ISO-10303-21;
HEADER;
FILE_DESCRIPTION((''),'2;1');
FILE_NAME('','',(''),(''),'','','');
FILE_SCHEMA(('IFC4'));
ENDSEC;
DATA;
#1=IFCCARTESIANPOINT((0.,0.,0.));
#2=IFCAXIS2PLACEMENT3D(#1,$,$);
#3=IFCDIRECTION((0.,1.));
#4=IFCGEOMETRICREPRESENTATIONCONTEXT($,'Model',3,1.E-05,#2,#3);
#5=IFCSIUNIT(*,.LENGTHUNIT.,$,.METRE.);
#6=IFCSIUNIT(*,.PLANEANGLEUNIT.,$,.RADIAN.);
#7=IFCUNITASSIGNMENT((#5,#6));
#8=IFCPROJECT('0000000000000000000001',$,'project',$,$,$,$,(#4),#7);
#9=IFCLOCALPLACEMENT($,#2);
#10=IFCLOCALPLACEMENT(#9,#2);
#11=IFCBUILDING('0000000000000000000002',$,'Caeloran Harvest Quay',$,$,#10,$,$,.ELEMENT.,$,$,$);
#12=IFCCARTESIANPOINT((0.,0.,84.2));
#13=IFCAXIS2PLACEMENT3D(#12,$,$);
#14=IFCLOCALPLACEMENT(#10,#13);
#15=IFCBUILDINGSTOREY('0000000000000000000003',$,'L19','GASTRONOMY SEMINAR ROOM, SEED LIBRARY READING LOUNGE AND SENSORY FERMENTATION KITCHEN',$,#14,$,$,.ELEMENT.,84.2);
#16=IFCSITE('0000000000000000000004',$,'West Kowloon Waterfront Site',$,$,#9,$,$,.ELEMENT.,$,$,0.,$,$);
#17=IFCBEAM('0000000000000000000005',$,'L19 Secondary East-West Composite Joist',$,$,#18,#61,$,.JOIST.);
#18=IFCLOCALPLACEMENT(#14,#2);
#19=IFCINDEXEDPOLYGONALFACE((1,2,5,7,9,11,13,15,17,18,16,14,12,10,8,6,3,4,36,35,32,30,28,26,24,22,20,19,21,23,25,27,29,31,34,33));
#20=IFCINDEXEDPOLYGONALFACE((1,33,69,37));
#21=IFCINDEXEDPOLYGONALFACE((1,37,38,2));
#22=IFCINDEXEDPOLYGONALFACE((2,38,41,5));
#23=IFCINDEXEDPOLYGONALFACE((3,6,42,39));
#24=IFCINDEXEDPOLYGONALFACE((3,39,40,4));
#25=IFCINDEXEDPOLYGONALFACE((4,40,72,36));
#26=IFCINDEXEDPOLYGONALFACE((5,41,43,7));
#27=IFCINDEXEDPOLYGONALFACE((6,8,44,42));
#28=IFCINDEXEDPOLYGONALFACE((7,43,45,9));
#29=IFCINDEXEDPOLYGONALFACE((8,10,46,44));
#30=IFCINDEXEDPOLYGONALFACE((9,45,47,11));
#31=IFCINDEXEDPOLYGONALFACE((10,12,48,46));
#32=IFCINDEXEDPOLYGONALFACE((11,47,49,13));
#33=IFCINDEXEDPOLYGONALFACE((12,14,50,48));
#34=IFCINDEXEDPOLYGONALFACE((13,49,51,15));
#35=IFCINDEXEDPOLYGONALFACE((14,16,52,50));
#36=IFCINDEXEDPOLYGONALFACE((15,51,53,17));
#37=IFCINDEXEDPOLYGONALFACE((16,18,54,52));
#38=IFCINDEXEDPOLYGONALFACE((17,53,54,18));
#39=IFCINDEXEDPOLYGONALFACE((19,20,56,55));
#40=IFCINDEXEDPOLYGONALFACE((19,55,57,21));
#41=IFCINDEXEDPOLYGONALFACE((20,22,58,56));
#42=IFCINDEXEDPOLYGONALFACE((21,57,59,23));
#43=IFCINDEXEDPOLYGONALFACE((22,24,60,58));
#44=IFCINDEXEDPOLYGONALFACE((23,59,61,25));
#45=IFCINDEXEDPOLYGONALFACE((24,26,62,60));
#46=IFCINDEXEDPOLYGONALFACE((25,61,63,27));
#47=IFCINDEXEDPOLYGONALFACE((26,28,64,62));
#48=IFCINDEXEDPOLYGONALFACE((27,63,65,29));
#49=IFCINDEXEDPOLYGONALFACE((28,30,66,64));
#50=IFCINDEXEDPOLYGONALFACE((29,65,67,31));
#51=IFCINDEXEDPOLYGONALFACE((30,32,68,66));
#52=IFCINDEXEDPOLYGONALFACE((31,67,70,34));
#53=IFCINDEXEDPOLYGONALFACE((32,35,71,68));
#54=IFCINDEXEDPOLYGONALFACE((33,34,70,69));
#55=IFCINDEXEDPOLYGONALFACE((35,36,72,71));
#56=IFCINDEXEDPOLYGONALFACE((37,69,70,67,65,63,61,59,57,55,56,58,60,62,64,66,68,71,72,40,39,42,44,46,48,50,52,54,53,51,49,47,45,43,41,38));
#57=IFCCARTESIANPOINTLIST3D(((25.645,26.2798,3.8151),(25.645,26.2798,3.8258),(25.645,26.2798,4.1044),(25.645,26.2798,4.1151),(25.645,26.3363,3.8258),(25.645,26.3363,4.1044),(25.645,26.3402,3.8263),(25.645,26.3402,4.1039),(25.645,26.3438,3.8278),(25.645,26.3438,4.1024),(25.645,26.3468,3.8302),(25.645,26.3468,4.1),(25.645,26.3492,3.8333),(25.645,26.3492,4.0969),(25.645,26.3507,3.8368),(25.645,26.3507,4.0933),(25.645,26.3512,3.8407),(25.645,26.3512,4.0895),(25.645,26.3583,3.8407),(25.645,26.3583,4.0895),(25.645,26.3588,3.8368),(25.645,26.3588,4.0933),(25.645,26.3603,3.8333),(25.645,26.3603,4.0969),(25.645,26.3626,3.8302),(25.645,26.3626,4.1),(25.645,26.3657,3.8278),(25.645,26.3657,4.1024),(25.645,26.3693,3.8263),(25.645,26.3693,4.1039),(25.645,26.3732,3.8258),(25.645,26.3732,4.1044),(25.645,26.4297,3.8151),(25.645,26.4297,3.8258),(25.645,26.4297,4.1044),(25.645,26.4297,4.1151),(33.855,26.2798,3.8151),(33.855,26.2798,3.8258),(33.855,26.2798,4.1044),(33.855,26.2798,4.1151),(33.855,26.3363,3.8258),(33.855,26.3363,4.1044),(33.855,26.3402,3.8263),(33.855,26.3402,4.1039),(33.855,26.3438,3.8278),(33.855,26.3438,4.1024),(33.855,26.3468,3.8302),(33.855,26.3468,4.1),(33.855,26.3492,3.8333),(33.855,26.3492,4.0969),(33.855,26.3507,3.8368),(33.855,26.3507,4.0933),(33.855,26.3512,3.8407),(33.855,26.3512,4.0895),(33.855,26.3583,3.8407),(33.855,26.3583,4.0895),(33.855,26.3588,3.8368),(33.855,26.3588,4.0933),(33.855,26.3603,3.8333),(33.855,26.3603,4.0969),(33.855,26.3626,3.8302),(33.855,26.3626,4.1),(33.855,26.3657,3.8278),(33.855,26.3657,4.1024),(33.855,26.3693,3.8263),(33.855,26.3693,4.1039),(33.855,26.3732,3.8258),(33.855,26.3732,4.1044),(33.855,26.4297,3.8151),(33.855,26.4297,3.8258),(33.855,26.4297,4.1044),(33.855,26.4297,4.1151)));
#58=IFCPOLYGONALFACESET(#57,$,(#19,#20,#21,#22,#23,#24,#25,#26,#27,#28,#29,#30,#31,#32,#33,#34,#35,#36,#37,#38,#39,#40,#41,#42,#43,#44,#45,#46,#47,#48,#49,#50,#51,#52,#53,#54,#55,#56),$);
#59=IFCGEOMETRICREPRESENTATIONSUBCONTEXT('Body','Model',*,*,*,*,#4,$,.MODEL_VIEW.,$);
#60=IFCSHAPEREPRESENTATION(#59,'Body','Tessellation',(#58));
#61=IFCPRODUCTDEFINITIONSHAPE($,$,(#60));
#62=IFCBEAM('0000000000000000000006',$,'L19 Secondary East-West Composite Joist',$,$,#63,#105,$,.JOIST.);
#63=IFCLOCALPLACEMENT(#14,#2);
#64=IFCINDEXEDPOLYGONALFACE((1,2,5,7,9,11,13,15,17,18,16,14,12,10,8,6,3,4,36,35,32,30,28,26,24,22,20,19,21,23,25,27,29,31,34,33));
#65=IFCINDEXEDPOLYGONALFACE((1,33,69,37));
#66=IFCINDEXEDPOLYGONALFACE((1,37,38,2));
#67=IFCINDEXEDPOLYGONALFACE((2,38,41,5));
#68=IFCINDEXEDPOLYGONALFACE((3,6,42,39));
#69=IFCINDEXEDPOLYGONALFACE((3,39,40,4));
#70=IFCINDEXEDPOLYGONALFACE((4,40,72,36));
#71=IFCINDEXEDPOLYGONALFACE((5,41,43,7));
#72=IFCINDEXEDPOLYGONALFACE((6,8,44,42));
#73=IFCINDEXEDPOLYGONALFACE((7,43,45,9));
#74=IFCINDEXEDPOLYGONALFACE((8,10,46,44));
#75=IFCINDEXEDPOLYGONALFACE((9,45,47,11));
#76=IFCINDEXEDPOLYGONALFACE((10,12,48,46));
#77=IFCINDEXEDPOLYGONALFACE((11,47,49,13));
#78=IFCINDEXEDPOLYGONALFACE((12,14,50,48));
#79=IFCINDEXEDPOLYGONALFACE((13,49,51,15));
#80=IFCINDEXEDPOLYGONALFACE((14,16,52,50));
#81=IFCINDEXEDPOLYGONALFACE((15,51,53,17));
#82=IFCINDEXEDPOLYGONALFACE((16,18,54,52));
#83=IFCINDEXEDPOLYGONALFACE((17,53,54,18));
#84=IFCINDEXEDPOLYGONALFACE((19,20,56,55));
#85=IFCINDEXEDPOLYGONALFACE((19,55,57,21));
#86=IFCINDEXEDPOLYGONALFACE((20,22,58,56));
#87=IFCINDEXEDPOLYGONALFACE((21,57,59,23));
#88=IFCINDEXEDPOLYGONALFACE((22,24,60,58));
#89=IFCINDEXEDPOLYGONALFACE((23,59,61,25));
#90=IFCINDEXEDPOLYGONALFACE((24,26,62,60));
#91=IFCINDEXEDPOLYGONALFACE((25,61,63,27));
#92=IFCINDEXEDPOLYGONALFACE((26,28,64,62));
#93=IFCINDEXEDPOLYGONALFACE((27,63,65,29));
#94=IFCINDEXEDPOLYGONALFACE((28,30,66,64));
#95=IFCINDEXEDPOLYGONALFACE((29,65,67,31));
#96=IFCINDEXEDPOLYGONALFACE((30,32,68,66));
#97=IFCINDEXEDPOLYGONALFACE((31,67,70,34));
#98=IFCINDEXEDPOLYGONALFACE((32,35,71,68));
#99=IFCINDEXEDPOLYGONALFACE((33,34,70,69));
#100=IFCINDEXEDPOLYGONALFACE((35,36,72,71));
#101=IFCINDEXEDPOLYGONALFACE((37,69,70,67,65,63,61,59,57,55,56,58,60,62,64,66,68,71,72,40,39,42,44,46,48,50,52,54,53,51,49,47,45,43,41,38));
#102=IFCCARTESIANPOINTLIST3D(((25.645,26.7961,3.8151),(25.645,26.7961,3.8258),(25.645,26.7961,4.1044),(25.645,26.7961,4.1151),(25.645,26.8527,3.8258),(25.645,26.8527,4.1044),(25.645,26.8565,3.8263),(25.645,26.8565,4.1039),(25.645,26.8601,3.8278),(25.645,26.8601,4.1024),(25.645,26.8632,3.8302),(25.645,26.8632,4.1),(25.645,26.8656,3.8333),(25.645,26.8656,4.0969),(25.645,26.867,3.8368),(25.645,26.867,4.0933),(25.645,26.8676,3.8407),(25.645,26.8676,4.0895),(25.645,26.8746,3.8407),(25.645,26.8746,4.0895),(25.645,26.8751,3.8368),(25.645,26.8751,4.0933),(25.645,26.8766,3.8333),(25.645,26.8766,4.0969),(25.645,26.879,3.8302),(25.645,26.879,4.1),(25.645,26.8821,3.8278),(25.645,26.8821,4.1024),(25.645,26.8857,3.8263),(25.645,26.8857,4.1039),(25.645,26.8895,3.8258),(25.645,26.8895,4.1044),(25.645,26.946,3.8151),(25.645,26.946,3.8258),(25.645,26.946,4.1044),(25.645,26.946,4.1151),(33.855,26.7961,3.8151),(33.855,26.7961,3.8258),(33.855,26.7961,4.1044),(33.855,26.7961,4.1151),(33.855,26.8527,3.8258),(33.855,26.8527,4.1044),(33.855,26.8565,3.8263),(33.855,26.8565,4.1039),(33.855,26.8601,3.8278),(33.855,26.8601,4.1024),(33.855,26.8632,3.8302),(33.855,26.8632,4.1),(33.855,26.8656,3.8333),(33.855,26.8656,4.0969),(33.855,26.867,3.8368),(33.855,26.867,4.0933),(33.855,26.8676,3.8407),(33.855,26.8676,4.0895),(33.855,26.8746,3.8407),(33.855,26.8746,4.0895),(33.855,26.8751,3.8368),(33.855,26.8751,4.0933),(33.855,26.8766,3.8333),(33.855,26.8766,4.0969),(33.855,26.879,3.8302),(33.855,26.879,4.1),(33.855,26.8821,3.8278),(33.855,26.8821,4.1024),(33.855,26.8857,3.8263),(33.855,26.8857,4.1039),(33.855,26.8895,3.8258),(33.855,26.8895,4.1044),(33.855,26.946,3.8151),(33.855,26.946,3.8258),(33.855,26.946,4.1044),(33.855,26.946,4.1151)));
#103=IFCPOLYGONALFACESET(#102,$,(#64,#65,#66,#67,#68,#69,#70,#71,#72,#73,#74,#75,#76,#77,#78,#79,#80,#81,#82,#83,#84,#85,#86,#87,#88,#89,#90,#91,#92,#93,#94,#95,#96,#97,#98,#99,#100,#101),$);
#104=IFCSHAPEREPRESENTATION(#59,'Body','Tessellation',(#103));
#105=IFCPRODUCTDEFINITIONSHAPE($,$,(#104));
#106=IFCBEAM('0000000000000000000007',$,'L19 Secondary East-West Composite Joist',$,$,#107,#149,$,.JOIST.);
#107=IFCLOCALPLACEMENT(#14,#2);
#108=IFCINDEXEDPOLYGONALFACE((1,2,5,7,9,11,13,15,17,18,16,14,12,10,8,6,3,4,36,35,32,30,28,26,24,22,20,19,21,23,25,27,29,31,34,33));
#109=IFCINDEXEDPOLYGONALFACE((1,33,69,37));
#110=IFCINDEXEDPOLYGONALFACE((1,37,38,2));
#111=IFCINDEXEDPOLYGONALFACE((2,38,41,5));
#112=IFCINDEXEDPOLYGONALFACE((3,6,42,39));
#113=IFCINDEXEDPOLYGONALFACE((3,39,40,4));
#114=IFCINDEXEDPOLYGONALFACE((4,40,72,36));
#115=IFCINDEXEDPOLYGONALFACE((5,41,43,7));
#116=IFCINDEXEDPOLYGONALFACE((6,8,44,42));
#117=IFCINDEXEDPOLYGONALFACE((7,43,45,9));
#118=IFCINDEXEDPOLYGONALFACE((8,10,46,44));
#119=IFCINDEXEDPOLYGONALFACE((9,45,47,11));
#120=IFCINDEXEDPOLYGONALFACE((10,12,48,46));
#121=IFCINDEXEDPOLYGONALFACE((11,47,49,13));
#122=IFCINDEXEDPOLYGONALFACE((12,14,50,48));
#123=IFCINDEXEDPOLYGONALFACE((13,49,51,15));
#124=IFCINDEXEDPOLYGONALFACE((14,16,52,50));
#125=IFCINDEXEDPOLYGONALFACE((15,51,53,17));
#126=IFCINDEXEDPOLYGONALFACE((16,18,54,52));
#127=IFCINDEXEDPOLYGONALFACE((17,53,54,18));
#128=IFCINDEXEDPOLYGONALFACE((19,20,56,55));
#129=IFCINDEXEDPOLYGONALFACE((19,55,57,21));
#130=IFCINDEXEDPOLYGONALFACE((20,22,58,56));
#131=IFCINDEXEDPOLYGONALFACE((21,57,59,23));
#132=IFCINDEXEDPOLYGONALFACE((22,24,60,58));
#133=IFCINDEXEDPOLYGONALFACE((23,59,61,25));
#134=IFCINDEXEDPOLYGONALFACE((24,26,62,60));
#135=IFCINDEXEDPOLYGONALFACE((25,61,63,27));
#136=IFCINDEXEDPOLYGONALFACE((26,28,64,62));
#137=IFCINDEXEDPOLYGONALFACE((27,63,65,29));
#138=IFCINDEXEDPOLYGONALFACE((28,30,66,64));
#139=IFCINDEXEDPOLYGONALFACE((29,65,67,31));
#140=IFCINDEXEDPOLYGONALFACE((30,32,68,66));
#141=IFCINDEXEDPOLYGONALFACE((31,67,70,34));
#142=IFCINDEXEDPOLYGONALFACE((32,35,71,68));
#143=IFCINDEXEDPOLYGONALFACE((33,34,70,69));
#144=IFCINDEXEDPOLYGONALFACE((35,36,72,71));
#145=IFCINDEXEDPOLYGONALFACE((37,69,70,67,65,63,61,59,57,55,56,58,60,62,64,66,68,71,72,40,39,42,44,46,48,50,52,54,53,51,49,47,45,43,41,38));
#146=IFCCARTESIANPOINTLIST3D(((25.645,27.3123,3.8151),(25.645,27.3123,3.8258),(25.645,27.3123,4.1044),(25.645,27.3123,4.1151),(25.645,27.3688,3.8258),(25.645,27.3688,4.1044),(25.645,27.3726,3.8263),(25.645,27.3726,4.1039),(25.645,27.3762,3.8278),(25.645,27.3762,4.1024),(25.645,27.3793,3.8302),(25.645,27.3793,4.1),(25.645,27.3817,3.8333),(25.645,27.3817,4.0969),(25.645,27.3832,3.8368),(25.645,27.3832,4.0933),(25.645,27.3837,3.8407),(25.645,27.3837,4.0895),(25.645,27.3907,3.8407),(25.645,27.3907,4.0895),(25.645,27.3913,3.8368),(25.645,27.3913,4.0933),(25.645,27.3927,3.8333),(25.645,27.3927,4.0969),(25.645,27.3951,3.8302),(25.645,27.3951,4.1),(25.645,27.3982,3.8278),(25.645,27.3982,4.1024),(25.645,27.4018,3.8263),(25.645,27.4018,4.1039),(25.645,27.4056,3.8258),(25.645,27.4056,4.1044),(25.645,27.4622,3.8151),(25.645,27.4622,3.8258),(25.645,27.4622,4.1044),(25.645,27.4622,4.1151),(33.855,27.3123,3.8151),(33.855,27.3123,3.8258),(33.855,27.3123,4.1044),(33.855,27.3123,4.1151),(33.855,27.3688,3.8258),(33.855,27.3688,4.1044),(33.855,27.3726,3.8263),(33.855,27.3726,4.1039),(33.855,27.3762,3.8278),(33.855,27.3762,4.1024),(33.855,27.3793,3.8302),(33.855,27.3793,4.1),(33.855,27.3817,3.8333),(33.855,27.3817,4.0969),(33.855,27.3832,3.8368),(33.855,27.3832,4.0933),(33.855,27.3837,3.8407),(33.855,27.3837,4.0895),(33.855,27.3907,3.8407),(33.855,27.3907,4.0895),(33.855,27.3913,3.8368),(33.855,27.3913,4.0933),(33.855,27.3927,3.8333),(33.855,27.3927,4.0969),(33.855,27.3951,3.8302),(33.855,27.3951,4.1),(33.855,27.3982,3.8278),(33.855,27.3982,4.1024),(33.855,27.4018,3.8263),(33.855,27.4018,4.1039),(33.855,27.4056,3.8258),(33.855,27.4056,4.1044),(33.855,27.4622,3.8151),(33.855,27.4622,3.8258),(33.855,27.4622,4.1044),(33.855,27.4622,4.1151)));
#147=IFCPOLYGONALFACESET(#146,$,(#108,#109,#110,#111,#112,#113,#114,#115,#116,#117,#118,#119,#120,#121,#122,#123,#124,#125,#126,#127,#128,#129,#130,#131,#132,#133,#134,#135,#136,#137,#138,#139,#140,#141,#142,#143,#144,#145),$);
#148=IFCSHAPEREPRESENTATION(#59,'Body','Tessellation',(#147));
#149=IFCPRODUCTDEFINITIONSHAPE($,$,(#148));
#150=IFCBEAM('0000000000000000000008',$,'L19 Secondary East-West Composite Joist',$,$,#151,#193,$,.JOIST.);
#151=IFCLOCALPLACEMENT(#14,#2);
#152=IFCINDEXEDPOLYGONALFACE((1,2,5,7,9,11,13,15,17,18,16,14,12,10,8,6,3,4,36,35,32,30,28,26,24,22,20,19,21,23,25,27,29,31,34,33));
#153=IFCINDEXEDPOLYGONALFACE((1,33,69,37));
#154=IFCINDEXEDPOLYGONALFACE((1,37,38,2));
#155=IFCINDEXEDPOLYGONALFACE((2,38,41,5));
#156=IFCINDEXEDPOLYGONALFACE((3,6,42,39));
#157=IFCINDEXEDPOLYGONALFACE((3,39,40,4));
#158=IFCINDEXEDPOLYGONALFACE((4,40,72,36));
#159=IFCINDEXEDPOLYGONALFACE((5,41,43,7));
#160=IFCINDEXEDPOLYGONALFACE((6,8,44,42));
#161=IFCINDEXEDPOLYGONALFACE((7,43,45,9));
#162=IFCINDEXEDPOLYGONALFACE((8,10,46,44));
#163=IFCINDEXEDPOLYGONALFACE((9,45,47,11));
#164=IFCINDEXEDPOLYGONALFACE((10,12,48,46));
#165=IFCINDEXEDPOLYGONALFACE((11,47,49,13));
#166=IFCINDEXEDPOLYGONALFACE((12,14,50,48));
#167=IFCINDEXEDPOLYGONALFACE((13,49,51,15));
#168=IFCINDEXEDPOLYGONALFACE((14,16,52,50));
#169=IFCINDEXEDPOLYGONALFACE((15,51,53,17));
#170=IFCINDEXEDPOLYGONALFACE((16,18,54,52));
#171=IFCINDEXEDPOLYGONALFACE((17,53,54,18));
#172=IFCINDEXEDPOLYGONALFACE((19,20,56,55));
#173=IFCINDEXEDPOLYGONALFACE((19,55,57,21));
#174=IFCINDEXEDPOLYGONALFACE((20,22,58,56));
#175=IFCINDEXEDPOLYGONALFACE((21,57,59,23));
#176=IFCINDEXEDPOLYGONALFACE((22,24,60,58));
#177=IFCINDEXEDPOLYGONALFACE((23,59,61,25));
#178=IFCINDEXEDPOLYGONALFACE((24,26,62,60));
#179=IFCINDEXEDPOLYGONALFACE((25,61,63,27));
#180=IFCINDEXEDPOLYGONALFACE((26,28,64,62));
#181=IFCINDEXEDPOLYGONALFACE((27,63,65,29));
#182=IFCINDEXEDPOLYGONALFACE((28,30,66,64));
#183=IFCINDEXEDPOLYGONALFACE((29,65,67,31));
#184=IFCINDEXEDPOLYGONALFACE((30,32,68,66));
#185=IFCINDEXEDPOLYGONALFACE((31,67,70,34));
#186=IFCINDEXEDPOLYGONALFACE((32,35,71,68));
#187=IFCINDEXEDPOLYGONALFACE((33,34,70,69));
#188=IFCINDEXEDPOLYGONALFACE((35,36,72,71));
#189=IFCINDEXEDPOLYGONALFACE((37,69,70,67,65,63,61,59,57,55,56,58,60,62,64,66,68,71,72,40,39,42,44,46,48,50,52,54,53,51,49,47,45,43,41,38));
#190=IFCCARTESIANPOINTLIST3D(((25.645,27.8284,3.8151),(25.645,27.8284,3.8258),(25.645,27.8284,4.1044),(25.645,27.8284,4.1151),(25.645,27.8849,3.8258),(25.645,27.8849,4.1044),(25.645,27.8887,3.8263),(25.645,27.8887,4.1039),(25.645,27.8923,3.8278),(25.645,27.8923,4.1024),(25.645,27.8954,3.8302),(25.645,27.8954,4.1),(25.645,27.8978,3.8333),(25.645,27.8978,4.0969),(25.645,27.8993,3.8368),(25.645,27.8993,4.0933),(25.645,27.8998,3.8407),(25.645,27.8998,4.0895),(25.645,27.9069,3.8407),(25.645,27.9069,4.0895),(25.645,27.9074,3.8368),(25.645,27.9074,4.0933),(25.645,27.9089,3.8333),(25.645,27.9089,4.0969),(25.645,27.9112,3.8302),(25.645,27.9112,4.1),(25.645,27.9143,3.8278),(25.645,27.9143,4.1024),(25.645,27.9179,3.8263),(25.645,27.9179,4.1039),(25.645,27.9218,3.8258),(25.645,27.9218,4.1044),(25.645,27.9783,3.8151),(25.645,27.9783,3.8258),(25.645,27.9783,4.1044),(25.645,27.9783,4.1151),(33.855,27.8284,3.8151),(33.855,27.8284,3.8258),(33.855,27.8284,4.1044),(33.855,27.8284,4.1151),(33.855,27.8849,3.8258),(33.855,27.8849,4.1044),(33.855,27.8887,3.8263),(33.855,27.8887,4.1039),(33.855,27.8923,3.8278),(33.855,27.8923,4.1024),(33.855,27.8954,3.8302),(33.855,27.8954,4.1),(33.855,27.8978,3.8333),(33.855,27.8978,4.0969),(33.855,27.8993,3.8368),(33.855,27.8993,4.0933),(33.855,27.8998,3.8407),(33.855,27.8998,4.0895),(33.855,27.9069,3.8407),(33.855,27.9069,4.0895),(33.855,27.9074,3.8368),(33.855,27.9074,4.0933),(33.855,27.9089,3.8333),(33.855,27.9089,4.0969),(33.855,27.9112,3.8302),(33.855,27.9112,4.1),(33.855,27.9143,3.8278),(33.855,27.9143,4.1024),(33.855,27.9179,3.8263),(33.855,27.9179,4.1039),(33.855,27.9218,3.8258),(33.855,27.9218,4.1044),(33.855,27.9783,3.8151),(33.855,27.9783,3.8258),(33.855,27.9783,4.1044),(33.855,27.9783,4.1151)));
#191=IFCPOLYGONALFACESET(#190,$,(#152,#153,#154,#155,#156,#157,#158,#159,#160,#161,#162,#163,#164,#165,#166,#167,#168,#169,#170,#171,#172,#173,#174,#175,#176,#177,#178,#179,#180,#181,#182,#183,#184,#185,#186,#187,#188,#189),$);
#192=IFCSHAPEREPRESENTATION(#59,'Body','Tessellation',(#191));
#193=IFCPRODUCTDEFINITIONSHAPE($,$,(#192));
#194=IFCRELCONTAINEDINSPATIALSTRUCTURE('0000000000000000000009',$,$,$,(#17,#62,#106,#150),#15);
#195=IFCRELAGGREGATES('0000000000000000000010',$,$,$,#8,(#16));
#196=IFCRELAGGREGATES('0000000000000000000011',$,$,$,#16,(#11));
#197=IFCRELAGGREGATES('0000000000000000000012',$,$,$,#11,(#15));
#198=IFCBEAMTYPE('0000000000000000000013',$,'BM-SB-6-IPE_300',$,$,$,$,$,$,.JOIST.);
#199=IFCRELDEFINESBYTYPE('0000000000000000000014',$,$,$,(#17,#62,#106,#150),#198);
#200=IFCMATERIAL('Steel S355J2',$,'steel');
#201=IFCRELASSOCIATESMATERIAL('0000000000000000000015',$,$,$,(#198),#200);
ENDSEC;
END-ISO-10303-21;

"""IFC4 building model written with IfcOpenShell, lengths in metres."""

from ifc_helpers import new_model, si_unit, direction, frame, origin, origin_2d, place, context, subcontext, project, spatial, i_section, extrude, material, material_profile, profile_set, type_object, element, save


model = new_model("IFC4")

# Units and contexts
model_context = context("Model", 3, precision=1e-05, world=origin(), true_north=direction((0.0, 1.0)))
body_context = subcontext(model_context, "Body", "Model", "MODEL_VIEW")
ifc_project = project(units=[si_unit("LENGTHUNIT", "METRE"), si_unit("PLANEANGLEUNIT", "RADIAN")], contexts=[model_context])

# Site, building, storey
site_placement = place(None, origin())
site = spatial("IfcSite", under=ifc_project, at=site_placement, Name="West Kowloon Waterfront Site", CompositionType="ELEMENT", RefElevation=0.0)
building_placement = place(site_placement, origin())
building = spatial("IfcBuilding", under=site, at=building_placement, Name="Caeloran Harvest Quay", CompositionType="ELEMENT")
storey_placement = place(building_placement, frame((0.0, 0.0, 84.2)))
storey = spatial("IfcBuildingStorey", under=building, at=storey_placement, Name="L19", Description="GASTRONOMY SEMINAR ROOM, SEED LIBRARY READING LOUNGE AND SENSORY FERMENTATION KITCHEN", CompositionType="ELEMENT", Elevation=84.2)

# Beams
ifc_material_1 = material(Name="Steel S355J2", Category="steel")
ifc_material_profile_1 = material_profile(ifc_material_1, i_section(OverallWidth=0.1499, OverallDepth=0.3, WebThickness=0.0071, FlangeThickness=0.0107, FilletRadius=0.0149, at=origin_2d()), Name="IPE 300")
ifc_profile_set_1 = profile_set([ifc_material_profile_1], Name="Steel S355J2")
beam_type_1 = type_object("IfcBeamType", Name="BM-SB-6-IPE_300", PredefinedType="JOIST", material=ifc_profile_set_1)
for number, where, z_axis, x_axis, name in (
    (1, (25.645, 26.3547, 3.9651), (1.0, 0.0, 0.0), (0.0, 1.0, 0.0), "L19 Secondary East-West Composite Joist"),
    (2, (25.645, 26.8711, 3.9651), (1.0, 0.0, 0.0), (0.0, 1.0, 0.0), "L19 Secondary East-West Composite Joist"),
    (3, (25.645, 27.3872, 3.9651), (1.0, 0.0, 0.0), (0.0, 1.0, 0.0), "L19 Secondary East-West Composite Joist"),
    (4, (25.645, 27.9033, 3.9651), (1.0, 0.0, 0.0), (0.0, 1.0, 0.0), "L19 Secondary East-West Composite Joist"),
):
    element("IfcBeam", number, at=place(storey_placement, frame(where, z_axis=z_axis, x_axis=x_axis)), inside=storey, type_object=beam_type_1, Name=name, PredefinedType="JOIST", context=body_context, shape_type="SweptSolid", body=[
        extrude(i_section(OverallWidth=0.1499, OverallDepth=0.3, WebThickness=0.0071, FlangeThickness=0.0107, FilletRadius=0.0149, at=origin_2d()), origin(), (0.0, 0.0, 1.0), 8.21),
    ])

save(model, "model.ifc")
